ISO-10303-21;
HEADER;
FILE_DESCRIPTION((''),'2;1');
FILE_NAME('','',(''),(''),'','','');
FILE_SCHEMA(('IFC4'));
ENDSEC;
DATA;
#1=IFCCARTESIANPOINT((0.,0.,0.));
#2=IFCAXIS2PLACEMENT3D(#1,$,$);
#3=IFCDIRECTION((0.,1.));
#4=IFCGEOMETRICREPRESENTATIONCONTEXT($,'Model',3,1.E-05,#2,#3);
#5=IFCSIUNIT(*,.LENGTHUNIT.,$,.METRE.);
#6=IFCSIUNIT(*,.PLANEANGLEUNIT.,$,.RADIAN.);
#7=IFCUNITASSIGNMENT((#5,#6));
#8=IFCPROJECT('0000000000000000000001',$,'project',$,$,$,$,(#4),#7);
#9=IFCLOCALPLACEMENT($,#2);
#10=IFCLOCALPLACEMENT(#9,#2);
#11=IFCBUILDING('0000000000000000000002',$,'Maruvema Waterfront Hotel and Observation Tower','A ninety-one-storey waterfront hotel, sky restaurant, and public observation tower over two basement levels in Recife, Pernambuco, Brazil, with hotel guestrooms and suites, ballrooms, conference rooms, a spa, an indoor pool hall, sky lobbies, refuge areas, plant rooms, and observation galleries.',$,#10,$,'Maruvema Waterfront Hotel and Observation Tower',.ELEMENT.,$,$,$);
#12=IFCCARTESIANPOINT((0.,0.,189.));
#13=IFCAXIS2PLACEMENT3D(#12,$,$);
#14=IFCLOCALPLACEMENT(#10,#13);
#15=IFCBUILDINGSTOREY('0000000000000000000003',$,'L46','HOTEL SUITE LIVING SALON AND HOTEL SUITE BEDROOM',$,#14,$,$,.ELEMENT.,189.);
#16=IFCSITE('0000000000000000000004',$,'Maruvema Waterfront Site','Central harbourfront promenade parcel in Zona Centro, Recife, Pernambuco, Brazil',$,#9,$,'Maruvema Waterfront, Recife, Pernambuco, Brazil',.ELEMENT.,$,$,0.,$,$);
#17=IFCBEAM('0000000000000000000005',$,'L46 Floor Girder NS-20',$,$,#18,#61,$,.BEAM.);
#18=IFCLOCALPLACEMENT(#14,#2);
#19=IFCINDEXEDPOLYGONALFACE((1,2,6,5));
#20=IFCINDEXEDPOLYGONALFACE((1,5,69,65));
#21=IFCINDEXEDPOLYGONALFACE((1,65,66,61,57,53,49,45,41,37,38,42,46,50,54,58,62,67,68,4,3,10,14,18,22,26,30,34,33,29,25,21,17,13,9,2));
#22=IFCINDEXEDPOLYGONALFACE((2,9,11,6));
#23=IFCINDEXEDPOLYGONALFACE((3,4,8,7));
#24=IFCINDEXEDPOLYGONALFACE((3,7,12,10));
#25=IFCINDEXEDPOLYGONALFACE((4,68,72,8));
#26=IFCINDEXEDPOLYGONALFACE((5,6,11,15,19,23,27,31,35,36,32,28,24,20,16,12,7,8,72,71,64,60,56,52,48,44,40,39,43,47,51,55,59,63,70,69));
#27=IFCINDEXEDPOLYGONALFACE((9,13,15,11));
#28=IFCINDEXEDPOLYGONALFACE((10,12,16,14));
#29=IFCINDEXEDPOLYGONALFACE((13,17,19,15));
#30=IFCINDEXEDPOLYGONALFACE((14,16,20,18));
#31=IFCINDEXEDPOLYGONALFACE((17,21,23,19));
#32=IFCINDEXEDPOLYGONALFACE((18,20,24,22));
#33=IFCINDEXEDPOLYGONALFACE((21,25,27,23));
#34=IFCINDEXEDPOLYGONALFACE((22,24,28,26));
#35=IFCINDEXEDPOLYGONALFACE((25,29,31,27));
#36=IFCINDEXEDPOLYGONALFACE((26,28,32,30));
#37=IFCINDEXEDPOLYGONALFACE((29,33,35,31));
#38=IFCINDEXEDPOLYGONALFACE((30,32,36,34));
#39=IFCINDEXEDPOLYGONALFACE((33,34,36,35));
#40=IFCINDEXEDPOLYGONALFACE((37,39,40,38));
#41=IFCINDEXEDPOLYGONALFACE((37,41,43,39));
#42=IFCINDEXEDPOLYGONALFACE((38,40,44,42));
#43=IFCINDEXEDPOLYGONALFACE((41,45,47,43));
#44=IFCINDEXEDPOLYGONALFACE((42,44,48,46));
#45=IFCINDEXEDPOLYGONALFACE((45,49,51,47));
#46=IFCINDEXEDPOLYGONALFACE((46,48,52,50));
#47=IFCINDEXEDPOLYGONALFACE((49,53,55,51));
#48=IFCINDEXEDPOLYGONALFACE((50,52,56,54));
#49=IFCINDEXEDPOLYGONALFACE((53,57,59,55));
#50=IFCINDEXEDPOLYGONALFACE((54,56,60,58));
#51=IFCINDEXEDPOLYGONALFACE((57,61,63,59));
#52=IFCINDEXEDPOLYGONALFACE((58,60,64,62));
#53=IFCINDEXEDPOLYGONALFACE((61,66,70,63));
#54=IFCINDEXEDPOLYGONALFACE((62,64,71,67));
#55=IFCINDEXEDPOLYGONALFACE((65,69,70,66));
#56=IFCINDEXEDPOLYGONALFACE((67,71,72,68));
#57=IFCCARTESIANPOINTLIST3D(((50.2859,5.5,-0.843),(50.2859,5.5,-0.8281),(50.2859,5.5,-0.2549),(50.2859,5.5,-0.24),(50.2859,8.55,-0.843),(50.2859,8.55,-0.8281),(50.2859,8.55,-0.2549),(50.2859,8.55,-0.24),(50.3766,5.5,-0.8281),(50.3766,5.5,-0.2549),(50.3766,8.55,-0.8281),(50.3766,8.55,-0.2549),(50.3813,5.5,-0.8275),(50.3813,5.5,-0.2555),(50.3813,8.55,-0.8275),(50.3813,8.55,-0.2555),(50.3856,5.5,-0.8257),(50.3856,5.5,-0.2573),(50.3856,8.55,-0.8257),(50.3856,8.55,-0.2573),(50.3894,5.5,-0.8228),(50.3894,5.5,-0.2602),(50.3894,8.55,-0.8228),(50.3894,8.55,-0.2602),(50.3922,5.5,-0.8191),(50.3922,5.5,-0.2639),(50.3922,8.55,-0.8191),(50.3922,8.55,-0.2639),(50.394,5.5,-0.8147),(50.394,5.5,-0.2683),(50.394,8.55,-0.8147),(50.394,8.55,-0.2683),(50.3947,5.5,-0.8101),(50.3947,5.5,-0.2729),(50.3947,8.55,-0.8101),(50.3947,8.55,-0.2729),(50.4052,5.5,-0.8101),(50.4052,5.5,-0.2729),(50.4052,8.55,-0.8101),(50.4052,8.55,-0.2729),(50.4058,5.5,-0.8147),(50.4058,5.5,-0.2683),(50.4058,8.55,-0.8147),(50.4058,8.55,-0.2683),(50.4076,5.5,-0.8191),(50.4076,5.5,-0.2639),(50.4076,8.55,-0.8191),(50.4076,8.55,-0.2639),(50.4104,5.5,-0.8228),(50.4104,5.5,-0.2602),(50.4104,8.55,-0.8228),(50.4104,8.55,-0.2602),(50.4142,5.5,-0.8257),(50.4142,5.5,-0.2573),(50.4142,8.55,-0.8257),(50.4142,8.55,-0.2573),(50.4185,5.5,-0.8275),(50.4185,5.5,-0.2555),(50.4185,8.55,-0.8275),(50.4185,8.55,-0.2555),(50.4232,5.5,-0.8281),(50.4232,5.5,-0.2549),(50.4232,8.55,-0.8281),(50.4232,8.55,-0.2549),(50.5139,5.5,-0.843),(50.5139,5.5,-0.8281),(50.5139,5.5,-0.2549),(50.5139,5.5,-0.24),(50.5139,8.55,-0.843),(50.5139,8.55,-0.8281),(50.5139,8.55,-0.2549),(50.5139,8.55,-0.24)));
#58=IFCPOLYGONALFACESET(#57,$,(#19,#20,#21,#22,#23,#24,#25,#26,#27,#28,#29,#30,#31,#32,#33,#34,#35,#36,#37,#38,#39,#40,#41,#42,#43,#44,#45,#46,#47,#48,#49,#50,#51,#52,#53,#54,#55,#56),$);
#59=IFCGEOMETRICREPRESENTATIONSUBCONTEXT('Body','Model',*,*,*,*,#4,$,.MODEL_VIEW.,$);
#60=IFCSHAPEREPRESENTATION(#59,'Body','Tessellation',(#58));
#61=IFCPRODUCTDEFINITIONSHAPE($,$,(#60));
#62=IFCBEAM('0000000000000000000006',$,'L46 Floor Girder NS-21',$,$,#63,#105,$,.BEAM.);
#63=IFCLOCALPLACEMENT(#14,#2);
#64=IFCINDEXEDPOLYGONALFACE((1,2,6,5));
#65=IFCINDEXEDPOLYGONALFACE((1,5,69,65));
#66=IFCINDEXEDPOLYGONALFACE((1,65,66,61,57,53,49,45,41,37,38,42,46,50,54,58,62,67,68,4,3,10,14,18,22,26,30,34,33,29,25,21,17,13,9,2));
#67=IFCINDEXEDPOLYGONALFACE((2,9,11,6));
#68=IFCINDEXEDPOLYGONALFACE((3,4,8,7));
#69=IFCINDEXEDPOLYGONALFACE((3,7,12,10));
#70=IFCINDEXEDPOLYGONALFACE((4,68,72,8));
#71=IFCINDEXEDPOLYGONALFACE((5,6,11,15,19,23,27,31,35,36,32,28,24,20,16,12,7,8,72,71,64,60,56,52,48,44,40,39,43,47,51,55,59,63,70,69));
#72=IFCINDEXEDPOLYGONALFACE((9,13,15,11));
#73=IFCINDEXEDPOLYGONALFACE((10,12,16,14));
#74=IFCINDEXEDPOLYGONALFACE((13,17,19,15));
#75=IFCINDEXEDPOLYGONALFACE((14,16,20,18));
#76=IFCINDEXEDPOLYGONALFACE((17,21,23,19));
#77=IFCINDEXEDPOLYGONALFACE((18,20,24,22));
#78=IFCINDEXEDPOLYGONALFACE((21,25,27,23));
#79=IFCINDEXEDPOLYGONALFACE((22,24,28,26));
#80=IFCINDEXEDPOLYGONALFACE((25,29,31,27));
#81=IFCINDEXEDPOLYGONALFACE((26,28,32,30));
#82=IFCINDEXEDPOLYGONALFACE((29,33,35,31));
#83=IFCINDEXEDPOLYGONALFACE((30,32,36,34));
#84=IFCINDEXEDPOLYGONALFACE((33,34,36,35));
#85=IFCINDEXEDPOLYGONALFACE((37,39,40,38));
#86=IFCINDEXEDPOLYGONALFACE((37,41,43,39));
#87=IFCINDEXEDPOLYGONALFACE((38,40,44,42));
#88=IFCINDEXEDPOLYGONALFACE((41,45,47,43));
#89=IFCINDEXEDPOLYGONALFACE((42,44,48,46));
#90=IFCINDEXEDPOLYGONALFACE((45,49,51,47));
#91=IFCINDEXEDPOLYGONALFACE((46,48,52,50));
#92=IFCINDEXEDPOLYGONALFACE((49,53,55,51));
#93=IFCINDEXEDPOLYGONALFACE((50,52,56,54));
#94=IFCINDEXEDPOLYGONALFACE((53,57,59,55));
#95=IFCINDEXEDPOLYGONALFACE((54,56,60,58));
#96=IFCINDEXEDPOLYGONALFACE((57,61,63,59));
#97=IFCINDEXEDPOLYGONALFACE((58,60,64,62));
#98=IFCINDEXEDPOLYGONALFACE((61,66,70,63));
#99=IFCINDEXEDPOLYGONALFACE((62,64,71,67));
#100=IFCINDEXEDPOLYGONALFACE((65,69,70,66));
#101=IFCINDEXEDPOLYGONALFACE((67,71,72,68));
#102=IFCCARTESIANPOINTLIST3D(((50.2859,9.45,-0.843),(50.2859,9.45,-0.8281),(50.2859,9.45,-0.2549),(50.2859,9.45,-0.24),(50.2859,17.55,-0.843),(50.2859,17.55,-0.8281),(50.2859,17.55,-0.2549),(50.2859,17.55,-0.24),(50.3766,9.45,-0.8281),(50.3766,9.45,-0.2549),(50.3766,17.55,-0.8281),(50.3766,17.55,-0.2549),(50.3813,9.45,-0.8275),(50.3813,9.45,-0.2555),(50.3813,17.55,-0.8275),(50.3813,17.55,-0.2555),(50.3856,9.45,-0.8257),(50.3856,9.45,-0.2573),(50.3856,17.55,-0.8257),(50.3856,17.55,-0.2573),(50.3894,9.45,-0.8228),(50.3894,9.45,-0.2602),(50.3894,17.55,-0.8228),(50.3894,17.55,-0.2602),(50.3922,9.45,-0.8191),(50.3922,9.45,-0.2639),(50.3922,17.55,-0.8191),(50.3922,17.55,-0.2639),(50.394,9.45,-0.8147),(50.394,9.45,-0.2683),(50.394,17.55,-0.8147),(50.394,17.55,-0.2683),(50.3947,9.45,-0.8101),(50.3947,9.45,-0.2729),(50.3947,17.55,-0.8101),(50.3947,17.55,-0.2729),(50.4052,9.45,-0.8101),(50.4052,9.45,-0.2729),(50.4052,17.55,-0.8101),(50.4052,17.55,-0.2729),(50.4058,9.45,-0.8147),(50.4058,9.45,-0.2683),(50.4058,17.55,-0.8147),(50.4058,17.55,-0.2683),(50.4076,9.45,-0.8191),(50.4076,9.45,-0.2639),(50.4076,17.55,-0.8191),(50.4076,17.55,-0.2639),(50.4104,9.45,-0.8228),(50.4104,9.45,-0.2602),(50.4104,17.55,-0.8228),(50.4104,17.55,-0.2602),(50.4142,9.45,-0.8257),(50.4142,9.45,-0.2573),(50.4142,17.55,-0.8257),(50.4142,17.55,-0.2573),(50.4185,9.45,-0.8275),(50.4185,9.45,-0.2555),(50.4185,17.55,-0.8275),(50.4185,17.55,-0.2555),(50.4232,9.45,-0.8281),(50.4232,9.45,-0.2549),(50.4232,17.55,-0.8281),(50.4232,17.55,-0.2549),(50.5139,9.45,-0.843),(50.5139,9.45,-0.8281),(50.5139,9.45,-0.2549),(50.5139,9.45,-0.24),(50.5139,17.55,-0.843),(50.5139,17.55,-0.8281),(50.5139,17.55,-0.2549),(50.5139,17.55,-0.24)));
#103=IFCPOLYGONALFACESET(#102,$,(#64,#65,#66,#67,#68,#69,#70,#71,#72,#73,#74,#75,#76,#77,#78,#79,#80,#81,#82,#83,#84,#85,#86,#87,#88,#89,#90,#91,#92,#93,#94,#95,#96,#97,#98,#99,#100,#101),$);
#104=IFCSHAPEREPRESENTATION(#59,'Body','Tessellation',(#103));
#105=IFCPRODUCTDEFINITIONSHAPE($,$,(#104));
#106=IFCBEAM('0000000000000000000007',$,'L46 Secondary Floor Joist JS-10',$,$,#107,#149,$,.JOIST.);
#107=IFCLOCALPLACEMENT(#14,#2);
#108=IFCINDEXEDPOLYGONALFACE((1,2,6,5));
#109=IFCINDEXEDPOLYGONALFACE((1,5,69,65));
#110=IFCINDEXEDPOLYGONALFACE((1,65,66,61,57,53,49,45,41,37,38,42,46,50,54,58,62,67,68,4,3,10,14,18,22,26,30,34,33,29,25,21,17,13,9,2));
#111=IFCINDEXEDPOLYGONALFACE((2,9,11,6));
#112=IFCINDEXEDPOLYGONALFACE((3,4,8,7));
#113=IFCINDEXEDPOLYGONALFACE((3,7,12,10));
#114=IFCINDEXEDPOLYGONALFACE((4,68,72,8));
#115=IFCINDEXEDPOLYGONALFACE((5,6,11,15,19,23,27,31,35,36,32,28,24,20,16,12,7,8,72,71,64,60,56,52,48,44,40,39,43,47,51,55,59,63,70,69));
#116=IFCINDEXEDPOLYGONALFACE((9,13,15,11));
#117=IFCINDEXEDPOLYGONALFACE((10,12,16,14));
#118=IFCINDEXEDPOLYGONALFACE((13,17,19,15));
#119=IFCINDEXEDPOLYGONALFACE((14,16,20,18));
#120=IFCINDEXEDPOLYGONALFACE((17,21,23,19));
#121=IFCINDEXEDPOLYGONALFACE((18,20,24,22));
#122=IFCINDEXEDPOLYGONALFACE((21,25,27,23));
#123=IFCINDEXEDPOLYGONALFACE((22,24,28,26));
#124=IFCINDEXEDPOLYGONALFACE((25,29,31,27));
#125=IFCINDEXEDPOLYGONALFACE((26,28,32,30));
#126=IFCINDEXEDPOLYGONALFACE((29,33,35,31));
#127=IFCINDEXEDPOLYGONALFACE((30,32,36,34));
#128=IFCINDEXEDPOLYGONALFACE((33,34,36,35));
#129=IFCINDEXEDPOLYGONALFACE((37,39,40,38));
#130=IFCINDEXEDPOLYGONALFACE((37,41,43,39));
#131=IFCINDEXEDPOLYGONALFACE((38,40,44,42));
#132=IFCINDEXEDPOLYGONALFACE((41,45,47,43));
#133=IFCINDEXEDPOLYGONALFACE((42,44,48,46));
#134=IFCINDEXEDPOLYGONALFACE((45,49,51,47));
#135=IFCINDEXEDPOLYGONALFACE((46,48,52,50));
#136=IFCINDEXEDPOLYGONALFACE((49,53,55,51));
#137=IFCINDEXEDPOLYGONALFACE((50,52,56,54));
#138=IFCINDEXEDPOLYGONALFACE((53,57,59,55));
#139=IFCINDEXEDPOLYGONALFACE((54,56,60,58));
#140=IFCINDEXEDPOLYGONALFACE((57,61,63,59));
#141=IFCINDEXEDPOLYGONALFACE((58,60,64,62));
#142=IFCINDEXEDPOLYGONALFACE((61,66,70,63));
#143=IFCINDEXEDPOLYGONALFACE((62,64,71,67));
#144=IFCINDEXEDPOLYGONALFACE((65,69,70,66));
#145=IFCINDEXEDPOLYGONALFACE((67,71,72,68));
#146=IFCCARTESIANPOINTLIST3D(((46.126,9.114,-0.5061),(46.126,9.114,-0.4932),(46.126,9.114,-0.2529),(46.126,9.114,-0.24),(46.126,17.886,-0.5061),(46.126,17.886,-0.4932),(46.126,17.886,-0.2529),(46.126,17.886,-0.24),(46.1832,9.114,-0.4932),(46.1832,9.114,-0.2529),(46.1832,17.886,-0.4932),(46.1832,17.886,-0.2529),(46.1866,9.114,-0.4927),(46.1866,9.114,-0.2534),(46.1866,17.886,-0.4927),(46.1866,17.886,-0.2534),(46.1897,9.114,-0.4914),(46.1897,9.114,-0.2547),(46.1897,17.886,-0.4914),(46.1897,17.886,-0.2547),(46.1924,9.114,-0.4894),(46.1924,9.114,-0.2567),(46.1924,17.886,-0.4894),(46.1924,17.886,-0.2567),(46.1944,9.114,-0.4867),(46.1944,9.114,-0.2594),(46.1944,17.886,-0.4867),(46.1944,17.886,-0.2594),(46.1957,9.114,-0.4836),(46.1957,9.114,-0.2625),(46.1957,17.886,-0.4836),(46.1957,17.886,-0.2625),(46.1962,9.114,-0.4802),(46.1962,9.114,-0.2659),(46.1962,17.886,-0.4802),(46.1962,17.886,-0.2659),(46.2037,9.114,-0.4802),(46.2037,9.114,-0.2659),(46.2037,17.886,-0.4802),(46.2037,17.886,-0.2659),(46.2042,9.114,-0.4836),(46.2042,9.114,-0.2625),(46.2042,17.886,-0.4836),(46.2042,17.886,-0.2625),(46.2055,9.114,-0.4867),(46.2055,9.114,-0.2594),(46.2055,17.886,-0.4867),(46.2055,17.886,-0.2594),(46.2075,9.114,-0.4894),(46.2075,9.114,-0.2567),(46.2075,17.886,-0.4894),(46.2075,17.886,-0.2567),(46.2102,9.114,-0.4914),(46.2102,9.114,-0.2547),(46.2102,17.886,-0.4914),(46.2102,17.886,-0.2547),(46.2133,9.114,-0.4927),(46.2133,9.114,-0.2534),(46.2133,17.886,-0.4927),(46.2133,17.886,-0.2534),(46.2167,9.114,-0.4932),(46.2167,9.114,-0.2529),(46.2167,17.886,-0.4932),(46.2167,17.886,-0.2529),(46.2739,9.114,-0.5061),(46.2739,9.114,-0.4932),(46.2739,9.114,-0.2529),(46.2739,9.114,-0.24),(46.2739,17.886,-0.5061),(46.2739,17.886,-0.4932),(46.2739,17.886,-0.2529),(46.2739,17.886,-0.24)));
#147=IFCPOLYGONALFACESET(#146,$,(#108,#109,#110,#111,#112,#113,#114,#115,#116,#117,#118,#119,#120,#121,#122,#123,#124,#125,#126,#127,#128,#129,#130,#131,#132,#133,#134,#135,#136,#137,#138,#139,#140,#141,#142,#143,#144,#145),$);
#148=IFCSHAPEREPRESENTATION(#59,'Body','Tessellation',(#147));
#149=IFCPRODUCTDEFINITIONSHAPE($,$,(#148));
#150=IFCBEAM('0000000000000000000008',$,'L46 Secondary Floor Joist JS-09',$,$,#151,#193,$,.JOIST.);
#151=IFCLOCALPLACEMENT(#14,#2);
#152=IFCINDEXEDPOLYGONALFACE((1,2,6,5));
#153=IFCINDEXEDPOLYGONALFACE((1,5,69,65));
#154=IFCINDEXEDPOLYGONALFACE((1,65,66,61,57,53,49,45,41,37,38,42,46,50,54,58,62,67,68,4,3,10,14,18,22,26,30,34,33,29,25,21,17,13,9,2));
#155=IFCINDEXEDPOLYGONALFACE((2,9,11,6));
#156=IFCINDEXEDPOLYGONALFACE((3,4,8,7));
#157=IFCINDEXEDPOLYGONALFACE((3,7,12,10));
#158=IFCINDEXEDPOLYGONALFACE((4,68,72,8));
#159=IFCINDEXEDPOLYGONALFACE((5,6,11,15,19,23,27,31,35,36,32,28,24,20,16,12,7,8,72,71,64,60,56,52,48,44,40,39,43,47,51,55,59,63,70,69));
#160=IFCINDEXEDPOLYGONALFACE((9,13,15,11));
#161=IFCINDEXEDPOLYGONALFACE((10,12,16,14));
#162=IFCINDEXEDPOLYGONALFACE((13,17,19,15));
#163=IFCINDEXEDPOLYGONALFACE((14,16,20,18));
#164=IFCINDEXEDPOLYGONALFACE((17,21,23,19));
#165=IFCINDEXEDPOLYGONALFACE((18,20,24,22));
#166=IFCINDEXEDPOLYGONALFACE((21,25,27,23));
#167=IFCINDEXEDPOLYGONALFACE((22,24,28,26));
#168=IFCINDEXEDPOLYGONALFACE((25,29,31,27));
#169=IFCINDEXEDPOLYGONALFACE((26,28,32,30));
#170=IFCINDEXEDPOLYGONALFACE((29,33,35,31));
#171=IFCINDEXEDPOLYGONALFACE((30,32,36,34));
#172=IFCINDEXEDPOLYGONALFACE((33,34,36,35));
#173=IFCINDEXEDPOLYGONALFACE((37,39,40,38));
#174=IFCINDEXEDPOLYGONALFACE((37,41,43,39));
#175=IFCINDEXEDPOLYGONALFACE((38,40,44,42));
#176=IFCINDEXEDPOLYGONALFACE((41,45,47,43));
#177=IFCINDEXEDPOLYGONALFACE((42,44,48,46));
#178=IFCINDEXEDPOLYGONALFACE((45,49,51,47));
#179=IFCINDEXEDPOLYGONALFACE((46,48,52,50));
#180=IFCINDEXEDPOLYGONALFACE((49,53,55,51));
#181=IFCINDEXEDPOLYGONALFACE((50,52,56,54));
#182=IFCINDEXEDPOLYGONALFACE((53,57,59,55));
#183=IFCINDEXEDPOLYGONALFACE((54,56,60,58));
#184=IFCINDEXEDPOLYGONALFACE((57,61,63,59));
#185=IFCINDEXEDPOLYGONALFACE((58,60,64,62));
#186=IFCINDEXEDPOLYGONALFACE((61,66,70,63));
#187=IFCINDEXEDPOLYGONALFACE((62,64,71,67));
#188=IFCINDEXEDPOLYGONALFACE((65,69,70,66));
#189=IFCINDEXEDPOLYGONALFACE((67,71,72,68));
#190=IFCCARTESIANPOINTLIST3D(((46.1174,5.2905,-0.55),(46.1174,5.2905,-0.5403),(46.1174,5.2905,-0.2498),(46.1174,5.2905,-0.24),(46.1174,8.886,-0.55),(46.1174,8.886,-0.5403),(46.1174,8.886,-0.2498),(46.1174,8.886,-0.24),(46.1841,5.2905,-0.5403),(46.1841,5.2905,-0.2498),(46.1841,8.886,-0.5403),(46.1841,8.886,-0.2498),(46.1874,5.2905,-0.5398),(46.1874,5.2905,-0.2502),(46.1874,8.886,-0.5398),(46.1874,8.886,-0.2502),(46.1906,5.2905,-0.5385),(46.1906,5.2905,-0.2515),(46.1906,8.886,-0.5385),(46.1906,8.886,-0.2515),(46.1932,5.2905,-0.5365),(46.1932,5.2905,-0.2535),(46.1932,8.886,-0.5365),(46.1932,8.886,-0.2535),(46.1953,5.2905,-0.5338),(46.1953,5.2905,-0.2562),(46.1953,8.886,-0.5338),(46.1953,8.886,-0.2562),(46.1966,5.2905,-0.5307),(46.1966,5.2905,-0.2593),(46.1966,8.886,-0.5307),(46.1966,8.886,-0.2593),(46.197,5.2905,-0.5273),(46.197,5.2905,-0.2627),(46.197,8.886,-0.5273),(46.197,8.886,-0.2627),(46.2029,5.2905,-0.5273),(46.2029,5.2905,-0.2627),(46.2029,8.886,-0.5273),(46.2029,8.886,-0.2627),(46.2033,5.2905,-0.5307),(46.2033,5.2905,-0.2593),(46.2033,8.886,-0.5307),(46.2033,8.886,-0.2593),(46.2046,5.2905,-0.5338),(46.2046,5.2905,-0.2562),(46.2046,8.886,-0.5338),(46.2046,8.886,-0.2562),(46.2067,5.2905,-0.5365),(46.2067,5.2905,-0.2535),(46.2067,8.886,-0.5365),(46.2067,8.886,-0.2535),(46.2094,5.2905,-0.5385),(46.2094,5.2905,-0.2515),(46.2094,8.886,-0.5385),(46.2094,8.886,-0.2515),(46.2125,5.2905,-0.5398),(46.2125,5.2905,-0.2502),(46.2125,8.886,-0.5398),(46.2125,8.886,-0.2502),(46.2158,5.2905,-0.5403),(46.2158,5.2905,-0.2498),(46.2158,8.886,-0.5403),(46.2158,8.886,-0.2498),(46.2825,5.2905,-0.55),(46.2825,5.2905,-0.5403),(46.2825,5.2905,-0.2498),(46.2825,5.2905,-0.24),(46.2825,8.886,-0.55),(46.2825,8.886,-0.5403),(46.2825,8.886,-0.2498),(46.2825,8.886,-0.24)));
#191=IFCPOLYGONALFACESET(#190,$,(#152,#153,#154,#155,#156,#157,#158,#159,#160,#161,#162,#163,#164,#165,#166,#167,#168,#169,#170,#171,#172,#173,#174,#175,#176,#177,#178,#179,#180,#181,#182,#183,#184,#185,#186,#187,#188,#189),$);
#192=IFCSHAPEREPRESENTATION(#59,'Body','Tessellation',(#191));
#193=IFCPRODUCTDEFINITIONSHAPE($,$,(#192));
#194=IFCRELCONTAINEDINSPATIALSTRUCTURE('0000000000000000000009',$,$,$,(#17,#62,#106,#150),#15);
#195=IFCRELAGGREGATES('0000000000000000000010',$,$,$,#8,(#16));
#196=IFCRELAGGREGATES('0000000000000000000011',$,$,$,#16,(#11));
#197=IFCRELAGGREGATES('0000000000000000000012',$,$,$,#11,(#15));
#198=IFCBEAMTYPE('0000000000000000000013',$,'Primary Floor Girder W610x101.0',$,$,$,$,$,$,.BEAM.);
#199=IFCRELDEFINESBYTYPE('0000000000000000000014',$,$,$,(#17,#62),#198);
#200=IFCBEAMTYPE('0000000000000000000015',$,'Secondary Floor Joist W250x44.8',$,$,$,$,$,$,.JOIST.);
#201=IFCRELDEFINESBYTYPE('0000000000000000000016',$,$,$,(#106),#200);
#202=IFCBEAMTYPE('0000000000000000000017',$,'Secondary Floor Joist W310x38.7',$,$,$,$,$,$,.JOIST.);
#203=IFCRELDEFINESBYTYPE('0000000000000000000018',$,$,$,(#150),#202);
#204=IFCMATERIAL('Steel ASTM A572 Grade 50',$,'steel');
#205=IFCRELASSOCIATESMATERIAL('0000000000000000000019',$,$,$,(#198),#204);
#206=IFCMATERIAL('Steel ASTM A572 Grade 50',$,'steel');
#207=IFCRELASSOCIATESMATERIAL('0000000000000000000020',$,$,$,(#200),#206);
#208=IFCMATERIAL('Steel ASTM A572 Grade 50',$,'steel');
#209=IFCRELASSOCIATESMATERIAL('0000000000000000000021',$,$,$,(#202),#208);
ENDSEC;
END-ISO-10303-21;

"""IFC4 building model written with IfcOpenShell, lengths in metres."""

from ifc_helpers import new_model, si_unit, direction, frame, origin, origin_2d, place, context, subcontext, project, spatial, i_section, extrude, material, material_profile, profile_set, type_object, element, save


model = new_model("IFC4")

# Units and contexts
model_context = context("Model", 3, precision=1e-05, world=origin(), true_north=direction((0.0, 1.0)))
body_context = subcontext(model_context, "Body", "Model", "MODEL_VIEW")
ifc_project = project(units=[si_unit("LENGTHUNIT", "METRE"), si_unit("PLANEANGLEUNIT", "RADIAN")], contexts=[model_context])

# Site, building, storey
site_placement = place(None, origin())
site = spatial("IfcSite", under=ifc_project, at=site_placement, Name="Maruvema Waterfront Site", Description="Central harbourfront promenade parcel in Zona Centro, Recife, Pernambuco, Brazil", LongName="Maruvema Waterfront, Recife, Pernambuco, Brazil", CompositionType="ELEMENT", RefElevation=0.0)
building_placement = place(site_placement, origin())
building = spatial("IfcBuilding", under=site, at=building_placement, Name="Maruvema Waterfront Hotel and Observation Tower", Description="A ninety-one-storey waterfront hotel, sky restaurant, and public observation tower over two basement levels in Recife, Pernambuco, Brazil, with hotel guestrooms and suites, ballrooms, conference rooms, a spa, an indoor pool hall, sky lobbies, refuge areas, plant rooms, and observation galleries.", LongName="Maruvema Waterfront Hotel and Observation Tower", CompositionType="ELEMENT")
storey_placement = place(building_placement, frame((0.0, 0.0, 189.0)))
storey = spatial("IfcBuildingStorey", under=building, at=storey_placement, Name="L46", Description="HOTEL SUITE LIVING SALON AND HOTEL SUITE BEDROOM", CompositionType="ELEMENT", Elevation=189.0)

# Beams
ifc_material_1 = material(Name="Steel ASTM A572 Grade 50", Category="steel")
ifc_material_profile_1 = material_profile(ifc_material_1, i_section(OverallWidth=0.228, OverallDepth=0.603, WebThickness=0.0105, FlangeThickness=0.0149, FilletRadius=0.0181, at=origin_2d()), Name="W610x101.0")
ifc_profile_set_1 = profile_set([ifc_material_profile_1], Name="Steel ASTM A572 Grade 50")
beam_type_1 = type_object("IfcBeamType", Name="Primary Floor Girder W610x101.0", PredefinedType="BEAM", material=ifc_profile_set_1)
beam_1_placement = place(storey_placement, frame((50.3999, 5.5, -0.5415), z_axis=(0.0, 1.0, 0.0), x_axis=(-1.0, 0.0, 0.0)))
element("IfcBeam", 1, at=beam_1_placement, inside=storey, type_object=beam_type_1, Name="L46 Floor Girder NS-20", PredefinedType="BEAM", context=body_context, shape_type="SweptSolid", body=[
    extrude(i_section(OverallWidth=0.228, OverallDepth=0.603, WebThickness=0.0105, FlangeThickness=0.0149, FilletRadius=0.0181, at=origin_2d()), origin(), (0.0, 0.0, 1.0), 3.05),
])
beam_2_placement = place(storey_placement, frame((50.3999, 9.45, -0.5415), z_axis=(0.0, 1.0, 0.0), x_axis=(-1.0, 0.0, 0.0)))
element("IfcBeam", 2, at=beam_2_placement, inside=storey, type_object=beam_type_1, Name="L46 Floor Girder NS-21", PredefinedType="BEAM", context=body_context, shape_type="SweptSolid", body=[
    extrude(i_section(OverallWidth=0.228, OverallDepth=0.603, WebThickness=0.0105, FlangeThickness=0.0149, FilletRadius=0.0181, at=origin_2d()), origin(), (0.0, 0.0, 1.0), 8.1001),
])
ifc_material_2 = material(Name="Steel ASTM A572 Grade 50", Category="steel")
ifc_material_profile_2 = material_profile(ifc_material_2, i_section(OverallWidth=0.1479, OverallDepth=0.2661, WebThickness=0.0076, FlangeThickness=0.0129, FilletRadius=0.0129, at=origin_2d()), Name="W250x44.8")
ifc_profile_set_2 = profile_set([ifc_material_profile_2], Name="Steel ASTM A572 Grade 50")
beam_type_2 = type_object("IfcBeamType", Name="Secondary Floor Joist W250x44.8", PredefinedType="JOIST", material=ifc_profile_set_2)
beam_3_placement = place(storey_placement, frame((46.2, 9.114, -0.373), z_axis=(0.0, 1.0, 0.0), x_axis=(-1.0, 0.0, 0.0)))
element("IfcBeam", 3, at=beam_3_placement, inside=storey, type_object=beam_type_2, Name="L46 Secondary Floor Joist JS-10", PredefinedType="JOIST", context=body_context, shape_type="SweptSolid", body=[
    extrude(i_section(OverallWidth=0.1479, OverallDepth=0.2661, WebThickness=0.0076, FlangeThickness=0.0129, FilletRadius=0.0129, at=origin_2d()), origin(), (0.0, 0.0, 1.0), 8.772),
])
ifc_material_3 = material(Name="Steel ASTM A572 Grade 50", Category="steel")
ifc_material_profile_3 = material_profile(ifc_material_3, i_section(OverallWidth=0.165, OverallDepth=0.3101, WebThickness=0.0059, FlangeThickness=0.0098, FilletRadius=0.0129, at=origin_2d()), Name="W310x38.7")
ifc_profile_set_3 = profile_set([ifc_material_profile_3], Name="Steel ASTM A572 Grade 50")
beam_type_3 = type_object("IfcBeamType", Name="Secondary Floor Joist W310x38.7", PredefinedType="JOIST", material=ifc_profile_set_3)
beam_4_placement = place(storey_placement, frame((46.2, 5.2905, -0.395), z_axis=(0.0, 1.0, 0.0), x_axis=(-1.0, 0.0, 0.0)))
element("IfcBeam", 4, at=beam_4_placement, inside=storey, type_object=beam_type_3, Name="L46 Secondary Floor Joist JS-09", PredefinedType="JOIST", context=body_context, shape_type="SweptSolid", body=[
    extrude(i_section(OverallWidth=0.165, OverallDepth=0.3101, WebThickness=0.0059, FlangeThickness=0.0098, FilletRadius=0.0129, at=origin_2d()), origin(), (0.0, 0.0, 1.0), 3.5955),
])

save(model, "model.ifc")
